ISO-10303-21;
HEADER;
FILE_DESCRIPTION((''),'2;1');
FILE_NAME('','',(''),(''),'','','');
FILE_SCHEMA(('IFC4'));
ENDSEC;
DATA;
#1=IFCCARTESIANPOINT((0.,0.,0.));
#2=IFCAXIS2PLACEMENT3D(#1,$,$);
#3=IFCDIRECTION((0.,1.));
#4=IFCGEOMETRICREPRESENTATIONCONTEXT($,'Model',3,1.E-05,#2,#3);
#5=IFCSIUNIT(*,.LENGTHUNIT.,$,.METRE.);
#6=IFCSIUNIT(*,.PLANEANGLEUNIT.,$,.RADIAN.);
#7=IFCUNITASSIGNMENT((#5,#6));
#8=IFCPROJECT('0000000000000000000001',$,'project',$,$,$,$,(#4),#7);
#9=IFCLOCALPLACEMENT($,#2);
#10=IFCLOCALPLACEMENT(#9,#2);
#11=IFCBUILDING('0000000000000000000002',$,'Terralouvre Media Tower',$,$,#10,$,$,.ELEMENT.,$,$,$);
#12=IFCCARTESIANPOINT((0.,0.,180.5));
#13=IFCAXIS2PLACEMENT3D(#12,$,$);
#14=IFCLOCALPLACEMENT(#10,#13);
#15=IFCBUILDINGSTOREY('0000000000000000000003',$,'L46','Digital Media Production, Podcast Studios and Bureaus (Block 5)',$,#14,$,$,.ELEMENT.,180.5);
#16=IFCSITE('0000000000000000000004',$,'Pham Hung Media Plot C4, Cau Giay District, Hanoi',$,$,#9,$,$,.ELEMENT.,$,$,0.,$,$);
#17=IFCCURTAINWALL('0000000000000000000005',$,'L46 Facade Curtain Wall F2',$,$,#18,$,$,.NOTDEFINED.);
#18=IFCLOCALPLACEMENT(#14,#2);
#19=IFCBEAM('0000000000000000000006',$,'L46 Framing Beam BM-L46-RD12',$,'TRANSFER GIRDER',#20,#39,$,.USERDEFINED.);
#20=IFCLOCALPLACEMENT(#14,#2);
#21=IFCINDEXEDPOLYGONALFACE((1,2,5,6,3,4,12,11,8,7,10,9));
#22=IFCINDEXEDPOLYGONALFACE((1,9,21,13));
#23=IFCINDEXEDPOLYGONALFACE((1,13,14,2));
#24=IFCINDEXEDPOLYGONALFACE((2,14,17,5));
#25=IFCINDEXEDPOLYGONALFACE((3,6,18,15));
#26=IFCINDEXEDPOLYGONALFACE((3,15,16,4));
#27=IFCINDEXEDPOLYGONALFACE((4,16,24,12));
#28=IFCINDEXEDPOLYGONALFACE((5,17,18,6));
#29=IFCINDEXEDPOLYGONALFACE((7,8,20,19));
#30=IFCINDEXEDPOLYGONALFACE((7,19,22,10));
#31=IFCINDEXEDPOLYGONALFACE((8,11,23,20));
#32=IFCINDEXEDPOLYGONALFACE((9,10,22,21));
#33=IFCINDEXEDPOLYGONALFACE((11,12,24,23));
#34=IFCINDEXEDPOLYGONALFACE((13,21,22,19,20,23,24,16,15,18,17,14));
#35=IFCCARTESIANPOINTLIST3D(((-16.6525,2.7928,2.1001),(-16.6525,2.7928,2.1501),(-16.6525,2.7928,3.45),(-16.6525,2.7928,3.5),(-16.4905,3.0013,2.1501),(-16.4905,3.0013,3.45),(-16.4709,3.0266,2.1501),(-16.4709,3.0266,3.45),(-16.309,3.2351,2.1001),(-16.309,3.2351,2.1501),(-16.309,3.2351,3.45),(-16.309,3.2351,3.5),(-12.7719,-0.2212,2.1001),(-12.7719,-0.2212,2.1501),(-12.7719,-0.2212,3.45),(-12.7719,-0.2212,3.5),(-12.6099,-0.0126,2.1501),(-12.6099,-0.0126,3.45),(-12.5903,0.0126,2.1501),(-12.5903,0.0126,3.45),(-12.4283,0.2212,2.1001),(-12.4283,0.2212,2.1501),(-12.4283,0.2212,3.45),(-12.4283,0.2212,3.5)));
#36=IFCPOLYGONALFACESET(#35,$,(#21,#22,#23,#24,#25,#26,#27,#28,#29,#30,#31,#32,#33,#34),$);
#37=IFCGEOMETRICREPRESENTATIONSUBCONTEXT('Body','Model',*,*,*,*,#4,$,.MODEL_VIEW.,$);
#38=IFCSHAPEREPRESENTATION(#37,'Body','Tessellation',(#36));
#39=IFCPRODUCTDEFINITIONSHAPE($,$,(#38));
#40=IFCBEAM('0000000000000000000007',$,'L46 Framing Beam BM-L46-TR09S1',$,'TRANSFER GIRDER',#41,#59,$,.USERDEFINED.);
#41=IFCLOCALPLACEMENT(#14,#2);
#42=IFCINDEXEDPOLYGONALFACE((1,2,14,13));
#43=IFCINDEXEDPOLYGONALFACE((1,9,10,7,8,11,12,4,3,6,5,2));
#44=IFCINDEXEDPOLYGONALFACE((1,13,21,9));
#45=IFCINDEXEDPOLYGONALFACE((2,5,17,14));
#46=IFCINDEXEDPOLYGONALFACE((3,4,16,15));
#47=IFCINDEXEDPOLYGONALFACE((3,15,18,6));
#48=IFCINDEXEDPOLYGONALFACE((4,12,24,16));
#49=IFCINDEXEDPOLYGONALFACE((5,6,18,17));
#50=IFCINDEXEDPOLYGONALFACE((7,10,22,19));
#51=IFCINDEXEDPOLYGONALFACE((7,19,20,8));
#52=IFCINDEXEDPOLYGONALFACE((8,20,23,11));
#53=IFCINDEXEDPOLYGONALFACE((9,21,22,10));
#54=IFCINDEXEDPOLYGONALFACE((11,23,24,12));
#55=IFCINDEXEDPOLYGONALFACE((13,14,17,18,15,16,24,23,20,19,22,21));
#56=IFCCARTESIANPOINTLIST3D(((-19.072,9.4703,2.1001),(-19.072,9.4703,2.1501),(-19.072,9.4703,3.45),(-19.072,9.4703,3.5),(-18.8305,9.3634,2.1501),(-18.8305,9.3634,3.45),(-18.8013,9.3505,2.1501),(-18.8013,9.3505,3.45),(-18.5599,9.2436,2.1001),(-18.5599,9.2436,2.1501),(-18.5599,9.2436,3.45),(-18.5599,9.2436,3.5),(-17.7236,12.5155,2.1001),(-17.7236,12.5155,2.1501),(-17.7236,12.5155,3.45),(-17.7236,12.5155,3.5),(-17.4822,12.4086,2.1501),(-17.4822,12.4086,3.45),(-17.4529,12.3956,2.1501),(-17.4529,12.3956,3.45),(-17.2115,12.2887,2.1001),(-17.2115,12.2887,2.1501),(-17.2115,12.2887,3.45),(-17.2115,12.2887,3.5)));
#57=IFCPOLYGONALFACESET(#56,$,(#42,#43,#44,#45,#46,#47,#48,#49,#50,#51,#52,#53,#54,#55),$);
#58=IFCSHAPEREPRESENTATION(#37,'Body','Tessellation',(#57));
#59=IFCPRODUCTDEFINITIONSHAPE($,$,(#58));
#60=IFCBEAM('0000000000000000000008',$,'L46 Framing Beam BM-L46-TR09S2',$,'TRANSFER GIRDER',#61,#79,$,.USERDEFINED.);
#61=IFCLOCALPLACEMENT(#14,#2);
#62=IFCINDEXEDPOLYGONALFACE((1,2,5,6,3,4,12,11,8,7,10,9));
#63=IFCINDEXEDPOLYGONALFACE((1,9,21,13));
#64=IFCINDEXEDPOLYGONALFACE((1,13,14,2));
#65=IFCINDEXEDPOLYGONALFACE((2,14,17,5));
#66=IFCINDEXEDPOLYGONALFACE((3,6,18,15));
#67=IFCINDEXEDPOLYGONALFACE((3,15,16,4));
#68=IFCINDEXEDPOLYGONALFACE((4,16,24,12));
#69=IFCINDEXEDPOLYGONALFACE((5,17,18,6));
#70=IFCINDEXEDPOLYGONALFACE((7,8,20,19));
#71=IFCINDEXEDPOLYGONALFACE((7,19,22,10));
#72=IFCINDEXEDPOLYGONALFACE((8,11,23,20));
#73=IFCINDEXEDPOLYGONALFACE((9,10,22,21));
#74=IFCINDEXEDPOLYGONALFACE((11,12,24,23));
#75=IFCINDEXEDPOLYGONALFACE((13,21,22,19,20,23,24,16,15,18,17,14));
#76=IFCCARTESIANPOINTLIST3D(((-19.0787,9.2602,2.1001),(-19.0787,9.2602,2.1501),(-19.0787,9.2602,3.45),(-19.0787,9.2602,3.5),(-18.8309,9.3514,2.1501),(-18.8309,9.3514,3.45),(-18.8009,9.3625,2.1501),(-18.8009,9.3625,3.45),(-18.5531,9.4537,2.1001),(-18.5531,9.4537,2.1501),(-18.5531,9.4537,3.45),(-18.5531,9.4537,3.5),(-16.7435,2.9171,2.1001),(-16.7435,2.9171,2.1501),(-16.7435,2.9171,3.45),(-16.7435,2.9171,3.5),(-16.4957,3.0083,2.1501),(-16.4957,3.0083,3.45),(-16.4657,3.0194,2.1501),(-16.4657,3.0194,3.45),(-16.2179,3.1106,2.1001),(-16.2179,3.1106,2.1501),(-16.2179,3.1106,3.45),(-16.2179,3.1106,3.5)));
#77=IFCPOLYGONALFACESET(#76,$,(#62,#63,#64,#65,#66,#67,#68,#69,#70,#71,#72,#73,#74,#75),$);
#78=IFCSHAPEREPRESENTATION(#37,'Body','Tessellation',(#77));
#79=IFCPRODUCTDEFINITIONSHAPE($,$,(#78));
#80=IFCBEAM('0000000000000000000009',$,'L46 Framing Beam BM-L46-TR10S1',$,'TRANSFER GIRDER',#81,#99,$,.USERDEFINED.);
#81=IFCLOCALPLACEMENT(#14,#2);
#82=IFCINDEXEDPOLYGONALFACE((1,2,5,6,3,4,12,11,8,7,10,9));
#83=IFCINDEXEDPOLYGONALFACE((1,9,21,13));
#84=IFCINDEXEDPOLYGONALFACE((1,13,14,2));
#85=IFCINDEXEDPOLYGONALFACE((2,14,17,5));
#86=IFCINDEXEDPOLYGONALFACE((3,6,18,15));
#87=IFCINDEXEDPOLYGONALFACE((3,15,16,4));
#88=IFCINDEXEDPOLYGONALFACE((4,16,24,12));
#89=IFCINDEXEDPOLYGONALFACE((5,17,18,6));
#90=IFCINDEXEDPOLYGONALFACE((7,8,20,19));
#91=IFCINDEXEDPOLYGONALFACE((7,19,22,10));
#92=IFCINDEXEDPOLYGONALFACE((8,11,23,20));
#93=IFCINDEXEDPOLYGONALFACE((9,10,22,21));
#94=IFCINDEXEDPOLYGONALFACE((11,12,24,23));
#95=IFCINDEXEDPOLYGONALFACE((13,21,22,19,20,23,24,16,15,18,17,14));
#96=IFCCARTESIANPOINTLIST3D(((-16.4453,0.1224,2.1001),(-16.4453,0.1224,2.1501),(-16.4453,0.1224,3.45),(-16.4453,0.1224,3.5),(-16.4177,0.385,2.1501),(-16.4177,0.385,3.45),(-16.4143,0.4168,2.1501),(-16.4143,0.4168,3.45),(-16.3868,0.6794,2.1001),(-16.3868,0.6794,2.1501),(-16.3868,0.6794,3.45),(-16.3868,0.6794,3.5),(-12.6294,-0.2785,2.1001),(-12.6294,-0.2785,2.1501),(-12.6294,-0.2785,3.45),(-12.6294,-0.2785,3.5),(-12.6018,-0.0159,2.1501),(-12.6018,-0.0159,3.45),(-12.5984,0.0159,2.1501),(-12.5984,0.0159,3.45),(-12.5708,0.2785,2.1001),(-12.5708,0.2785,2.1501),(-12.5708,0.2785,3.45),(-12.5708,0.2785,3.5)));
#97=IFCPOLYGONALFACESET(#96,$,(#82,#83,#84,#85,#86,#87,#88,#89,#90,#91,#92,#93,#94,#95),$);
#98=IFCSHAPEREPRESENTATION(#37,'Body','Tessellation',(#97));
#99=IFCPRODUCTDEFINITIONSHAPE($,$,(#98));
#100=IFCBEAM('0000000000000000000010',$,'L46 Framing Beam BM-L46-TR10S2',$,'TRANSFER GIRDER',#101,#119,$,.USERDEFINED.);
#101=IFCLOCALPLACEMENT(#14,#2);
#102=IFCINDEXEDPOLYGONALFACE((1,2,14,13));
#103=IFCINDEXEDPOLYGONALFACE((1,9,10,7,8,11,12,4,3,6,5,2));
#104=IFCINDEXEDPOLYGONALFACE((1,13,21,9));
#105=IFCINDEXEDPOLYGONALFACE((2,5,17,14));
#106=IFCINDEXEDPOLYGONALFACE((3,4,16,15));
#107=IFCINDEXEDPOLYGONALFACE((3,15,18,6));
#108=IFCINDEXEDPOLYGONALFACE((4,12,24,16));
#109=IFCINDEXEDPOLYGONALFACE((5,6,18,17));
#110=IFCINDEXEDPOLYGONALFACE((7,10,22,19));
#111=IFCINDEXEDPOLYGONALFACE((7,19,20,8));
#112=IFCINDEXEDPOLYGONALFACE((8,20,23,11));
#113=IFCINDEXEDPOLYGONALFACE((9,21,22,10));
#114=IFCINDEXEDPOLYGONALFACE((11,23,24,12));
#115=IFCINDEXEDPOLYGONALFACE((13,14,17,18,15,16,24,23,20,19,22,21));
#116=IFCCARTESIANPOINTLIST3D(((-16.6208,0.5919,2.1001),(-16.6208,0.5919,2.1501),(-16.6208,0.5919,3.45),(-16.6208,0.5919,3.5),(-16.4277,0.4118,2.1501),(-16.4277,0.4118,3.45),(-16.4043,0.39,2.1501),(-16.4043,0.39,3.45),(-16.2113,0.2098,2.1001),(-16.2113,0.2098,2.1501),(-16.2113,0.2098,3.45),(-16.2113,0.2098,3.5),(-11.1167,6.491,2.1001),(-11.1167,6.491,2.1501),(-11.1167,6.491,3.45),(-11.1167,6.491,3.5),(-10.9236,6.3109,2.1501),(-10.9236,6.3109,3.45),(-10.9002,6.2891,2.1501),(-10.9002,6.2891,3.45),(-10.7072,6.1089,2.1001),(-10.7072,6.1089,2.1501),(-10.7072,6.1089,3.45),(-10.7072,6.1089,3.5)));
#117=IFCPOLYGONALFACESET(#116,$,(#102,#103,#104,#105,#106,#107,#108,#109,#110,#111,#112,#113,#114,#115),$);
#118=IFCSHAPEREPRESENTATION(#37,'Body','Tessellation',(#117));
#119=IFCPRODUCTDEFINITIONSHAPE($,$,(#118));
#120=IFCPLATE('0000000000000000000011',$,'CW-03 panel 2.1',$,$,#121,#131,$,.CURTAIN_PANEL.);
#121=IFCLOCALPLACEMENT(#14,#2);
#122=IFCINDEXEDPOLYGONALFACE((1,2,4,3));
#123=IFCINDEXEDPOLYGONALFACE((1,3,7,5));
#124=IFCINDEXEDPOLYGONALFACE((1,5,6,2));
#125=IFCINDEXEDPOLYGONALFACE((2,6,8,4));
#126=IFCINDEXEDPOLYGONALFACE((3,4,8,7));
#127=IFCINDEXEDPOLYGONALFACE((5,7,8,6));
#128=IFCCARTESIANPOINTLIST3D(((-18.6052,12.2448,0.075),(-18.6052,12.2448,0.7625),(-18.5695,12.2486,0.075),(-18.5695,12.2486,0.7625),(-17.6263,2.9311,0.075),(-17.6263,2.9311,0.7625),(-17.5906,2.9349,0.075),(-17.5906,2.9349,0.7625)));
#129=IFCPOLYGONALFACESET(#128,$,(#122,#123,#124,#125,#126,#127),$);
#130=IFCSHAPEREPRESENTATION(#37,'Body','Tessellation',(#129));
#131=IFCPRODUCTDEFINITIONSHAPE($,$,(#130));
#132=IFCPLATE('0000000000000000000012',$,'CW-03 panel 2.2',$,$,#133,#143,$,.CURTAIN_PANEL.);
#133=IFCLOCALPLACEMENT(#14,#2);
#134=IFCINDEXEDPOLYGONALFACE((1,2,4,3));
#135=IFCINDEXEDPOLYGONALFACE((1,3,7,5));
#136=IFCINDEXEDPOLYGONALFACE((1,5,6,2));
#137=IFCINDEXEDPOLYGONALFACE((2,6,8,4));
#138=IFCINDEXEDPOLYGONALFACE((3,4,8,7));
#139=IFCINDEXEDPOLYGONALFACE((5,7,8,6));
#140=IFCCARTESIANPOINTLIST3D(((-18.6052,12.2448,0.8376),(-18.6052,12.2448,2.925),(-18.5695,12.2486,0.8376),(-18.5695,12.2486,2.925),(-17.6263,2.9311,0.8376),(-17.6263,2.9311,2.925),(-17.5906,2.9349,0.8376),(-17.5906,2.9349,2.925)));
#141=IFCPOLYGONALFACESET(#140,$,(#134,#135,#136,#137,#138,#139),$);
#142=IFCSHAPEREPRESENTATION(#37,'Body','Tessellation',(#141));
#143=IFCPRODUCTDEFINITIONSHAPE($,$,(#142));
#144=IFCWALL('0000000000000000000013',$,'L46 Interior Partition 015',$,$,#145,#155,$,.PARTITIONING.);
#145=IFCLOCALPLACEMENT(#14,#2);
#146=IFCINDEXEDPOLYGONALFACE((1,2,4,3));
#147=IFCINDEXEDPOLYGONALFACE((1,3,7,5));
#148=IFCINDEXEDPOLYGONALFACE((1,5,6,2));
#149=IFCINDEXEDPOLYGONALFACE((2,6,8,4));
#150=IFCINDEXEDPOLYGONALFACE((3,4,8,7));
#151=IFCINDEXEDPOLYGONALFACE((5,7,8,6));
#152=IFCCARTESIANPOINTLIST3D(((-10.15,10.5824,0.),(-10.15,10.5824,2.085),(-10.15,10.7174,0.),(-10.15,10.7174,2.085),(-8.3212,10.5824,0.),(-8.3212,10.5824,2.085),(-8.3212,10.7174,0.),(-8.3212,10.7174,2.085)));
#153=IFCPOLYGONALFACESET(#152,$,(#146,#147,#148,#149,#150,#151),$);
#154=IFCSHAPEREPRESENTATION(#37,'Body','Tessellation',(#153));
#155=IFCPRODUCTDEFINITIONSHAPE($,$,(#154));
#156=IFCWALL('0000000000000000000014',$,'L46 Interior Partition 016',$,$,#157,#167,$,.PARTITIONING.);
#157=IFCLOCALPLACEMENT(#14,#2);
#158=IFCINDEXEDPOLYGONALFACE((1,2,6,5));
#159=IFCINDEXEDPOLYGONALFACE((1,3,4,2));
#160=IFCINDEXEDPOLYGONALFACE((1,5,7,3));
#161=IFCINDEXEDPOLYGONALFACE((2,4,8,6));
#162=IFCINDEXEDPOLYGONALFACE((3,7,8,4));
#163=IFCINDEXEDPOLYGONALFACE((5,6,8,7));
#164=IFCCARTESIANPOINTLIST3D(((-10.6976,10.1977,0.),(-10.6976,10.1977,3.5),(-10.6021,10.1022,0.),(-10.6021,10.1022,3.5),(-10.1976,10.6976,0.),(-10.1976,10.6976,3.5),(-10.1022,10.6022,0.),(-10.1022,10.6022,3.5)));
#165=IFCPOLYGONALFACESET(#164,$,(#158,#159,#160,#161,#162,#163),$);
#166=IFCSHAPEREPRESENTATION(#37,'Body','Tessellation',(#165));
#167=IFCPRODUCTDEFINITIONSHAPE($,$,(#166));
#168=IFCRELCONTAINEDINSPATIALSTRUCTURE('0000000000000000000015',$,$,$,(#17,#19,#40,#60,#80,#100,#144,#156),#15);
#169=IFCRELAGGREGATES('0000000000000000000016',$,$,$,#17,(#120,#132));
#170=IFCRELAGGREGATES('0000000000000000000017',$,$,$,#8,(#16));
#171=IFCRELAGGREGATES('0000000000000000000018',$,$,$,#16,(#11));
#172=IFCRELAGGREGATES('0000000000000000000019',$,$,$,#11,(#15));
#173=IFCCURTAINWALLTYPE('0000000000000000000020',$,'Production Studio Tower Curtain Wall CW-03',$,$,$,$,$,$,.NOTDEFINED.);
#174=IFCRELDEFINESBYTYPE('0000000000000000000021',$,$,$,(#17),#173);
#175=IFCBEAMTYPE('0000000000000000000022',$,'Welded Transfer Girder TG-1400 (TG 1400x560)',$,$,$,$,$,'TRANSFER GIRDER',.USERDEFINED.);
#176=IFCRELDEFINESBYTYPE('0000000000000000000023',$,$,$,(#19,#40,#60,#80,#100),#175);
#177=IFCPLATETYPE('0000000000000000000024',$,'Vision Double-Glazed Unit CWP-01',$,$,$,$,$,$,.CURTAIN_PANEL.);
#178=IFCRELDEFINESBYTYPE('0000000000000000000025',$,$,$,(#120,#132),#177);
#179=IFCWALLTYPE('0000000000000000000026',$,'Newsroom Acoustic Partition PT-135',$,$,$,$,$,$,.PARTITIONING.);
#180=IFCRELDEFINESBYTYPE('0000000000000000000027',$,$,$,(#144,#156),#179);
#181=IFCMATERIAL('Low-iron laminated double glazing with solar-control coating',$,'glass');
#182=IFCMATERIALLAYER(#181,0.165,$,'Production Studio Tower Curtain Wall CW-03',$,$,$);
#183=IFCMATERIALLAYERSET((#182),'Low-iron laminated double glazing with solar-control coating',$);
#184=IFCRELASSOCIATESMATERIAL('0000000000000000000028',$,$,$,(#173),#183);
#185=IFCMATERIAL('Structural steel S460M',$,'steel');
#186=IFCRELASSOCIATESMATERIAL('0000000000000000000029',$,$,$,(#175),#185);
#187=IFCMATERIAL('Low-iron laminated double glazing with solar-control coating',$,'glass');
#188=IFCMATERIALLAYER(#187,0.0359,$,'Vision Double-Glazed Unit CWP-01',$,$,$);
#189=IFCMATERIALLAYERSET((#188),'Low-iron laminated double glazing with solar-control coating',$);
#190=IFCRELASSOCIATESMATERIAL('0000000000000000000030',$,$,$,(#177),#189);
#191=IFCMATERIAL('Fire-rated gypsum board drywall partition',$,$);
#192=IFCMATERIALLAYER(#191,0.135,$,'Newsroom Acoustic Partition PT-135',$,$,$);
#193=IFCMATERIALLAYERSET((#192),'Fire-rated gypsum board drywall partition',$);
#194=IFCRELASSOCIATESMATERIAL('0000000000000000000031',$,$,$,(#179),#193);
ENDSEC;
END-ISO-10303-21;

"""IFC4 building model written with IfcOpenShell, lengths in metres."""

from ifc_helpers import new_model, si_unit, direction, frame, frame_2d, origin, origin_2d, place, context, subcontext, project, spatial, rectangle, i_section, extrude, material, layer, layer_set, material_profile, profile_set, type_object, element, aggregate, save


model = new_model("IFC4")

# Units and contexts
model_context = context("Model", 3, precision=1e-05, world=origin(), true_north=direction((0.0, 1.0)))
body_context = subcontext(model_context, "Body", "Model", "MODEL_VIEW")
ifc_project = project(units=[si_unit("LENGTHUNIT", "METRE"), si_unit("PLANEANGLEUNIT", "RADIAN")], contexts=[model_context])

# Site, building, storey
site_placement = place(None, origin())
site = spatial("IfcSite", under=ifc_project, at=site_placement, Name="Pham Hung Media Plot C4, Cau Giay District, Hanoi", CompositionType="ELEMENT", RefElevation=0.0)
building_placement = place(site_placement, origin())
building = spatial("IfcBuilding", under=site, at=building_placement, Name="Terralouvre Media Tower", CompositionType="ELEMENT")
storey_placement = place(building_placement, frame((0.0, 0.0, 180.5)))
storey = spatial("IfcBuildingStorey", under=building, at=storey_placement, Name="L46", Description="Digital Media Production, Podcast Studios and Bureaus (Block 5)", CompositionType="ELEMENT", Elevation=180.5)

# Curtain wall
ifc_material_1 = material(Name="Low-iron laminated double glazing with solar-control coating", Category="glass")
ifc_layer_1 = layer(ifc_material_1, 0.165, Name="Production Studio Tower Curtain Wall CW-03")
ifc_layer_set_1 = layer_set([ifc_layer_1], Name="Low-iron laminated double glazing with solar-control coating")
curtain_wall_type = type_object("IfcCurtainWallType", Name="Production Studio Tower Curtain Wall CW-03", PredefinedType="NOTDEFINED", material=ifc_layer_set_1)
curtain_wall_placement = place(storey_placement, origin())
curtain_wall = element("IfcCurtainWall", 1, at=curtain_wall_placement, inside=storey, type_object=curtain_wall_type, Name="L46 Facade Curtain Wall F2", PredefinedType="NOTDEFINED")

# Beams
ifc_material_2 = material(Name="Structural steel S460M", Category="steel")
ifc_material_profile_1 = material_profile(ifc_material_2, i_section(OverallWidth=0.5601, OverallDepth=1.3999, WebThickness=0.032, FlangeThickness=0.05, at=origin_2d()), Name="TG 1400x560")
ifc_profile_set_1 = profile_set([ifc_material_profile_1], Name="Structural steel S460M")
beam_type_1 = type_object("IfcBeamType", Name="Welded Transfer Girder TG-1400 (TG 1400x560)", ElementType="TRANSFER GIRDER", PredefinedType="USERDEFINED", material=ifc_profile_set_1)
beam_1_placement = place(storey_placement, frame((-12.6001, 0.0, 2.8), z_axis=(-0.78978, 0.61339, 0.0), x_axis=(-0.61339, -0.78978, 0.0)))
element("IfcBeam", 2, at=beam_1_placement, inside=storey, type_object=beam_type_1, Name="L46 Framing Beam BM-L46-RD12", ObjectType="TRANSFER GIRDER", PredefinedType="USERDEFINED", context=body_context, shape_type="SweptSolid", body=[
    extrude(i_section(OverallWidth=0.5601, OverallDepth=1.3999, WebThickness=0.032, FlangeThickness=0.05, at=origin_2d()), origin(), (0.0, 0.0, 1.0), 4.9136),
])
beam_2_placement = place(storey_placement, frame((-18.8159, 9.3569, 2.8), z_axis=(0.40488, 0.91437, 0.0), x_axis=(-0.91437, 0.40488, 0.0)))
element("IfcBeam", 3, at=beam_2_placement, inside=storey, type_object=beam_type_1, Name="L46 Framing Beam BM-L46-TR09S1", ObjectType="TRANSFER GIRDER", PredefinedType="USERDEFINED", context=body_context, shape_type="SweptSolid", body=[
    extrude(i_section(OverallWidth=0.5601, OverallDepth=1.3999, WebThickness=0.032, FlangeThickness=0.05, at=origin_2d()), origin(), (0.0, 0.0, 1.0), 3.3303),
])
beam_3_placement = place(storey_placement, frame((-18.8159, 9.3569, 2.8), z_axis=(0.345484, -0.938424, 0.0), x_axis=(0.938424, 0.345484, 0.0)))
element("IfcBeam", 4, at=beam_3_placement, inside=storey, type_object=beam_type_1, Name="L46 Framing Beam BM-L46-TR09S2", ObjectType="TRANSFER GIRDER", PredefinedType="USERDEFINED", context=body_context, shape_type="SweptSolid", body=[
    extrude(i_section(OverallWidth=0.5601, OverallDepth=1.3999, WebThickness=0.032, FlangeThickness=0.05, at=origin_2d()), origin(), (0.0, 0.0, 1.0), 6.7593),
])
beam_4_placement = place(storey_placement, frame((-16.416, 0.4009, 2.8), z_axis=(0.994527, -0.104479, 0.0), x_axis=(0.104479, 0.994527, 0.0)))
element("IfcBeam", 5, at=beam_4_placement, inside=storey, type_object=beam_type_1, Name="L46 Framing Beam BM-L46-TR10S1", ObjectType="TRANSFER GIRDER", PredefinedType="USERDEFINED", context=body_context, shape_type="SweptSolid", body=[
    extrude(i_section(OverallWidth=0.5601, OverallDepth=1.3999, WebThickness=0.032, FlangeThickness=0.05, at=origin_2d()), origin(), (0.0, 0.0, 1.0), 3.8369),
])
beam_5_placement = place(storey_placement, frame((-16.416, 0.4009, 2.8), z_axis=(0.682203, 0.731163, 0.0), x_axis=(-0.731163, 0.682203, 0.0)))
element("IfcBeam", 6, at=beam_5_placement, inside=storey, type_object=beam_type_1, Name="L46 Framing Beam BM-L46-TR10S2", ObjectType="TRANSFER GIRDER", PredefinedType="USERDEFINED", context=body_context, shape_type="SweptSolid", body=[
    extrude(i_section(OverallWidth=0.5601, OverallDepth=1.3999, WebThickness=0.032, FlangeThickness=0.05, at=origin_2d()), origin(), (0.0, 0.0, 1.0), 8.0681),
])

# Plates
ifc_material_3 = material(Name="Low-iron laminated double glazing with solar-control coating", Category="glass")
ifc_layer_2 = layer(ifc_material_3, 0.0359, Name="Vision Double-Glazed Unit CWP-01")
ifc_layer_set_2 = layer_set([ifc_layer_2], Name="Low-iron laminated double glazing with solar-control coating")
plate_type = type_object("IfcPlateType", Name="Vision Double-Glazed Unit CWP-01", PredefinedType="CURTAIN_PANEL", material=ifc_layer_set_2)
plate_1_placement = place(storey_placement, frame((-18.0979, 7.5898, 0.075), z_axis=(0.0, 0.0, 1.0), x_axis=(0.104528, -0.994522, 0.0)))
plate_1 = element("IfcPlate", 7, at=plate_1_placement, type_object=plate_type, Name="CW-03 panel 2.1", PredefinedType="CURTAIN_PANEL", context=body_context, shape_type="SweptSolid", body=[
    extrude(rectangle(XDim=9.365, YDim=0.0359, at=origin_2d()), origin(), (0.0, 0.0, 1.0), 0.6875),
])
plate_2_placement = place(storey_placement, frame((-18.0979, 7.5898, 0.8376), z_axis=(0.0, 0.0, 1.0), x_axis=(0.104528, -0.994522, 0.0)))
plate_2 = element("IfcPlate", 8, at=plate_2_placement, type_object=plate_type, Name="CW-03 panel 2.2", PredefinedType="CURTAIN_PANEL", context=body_context, shape_type="SweptSolid", body=[
    extrude(rectangle(XDim=9.365, YDim=0.0359, at=origin_2d()), origin(), (0.0, 0.0, 1.0), 2.0874),
])
aggregate(curtain_wall, [plate_1, plate_2])

# Walls
ifc_material_4 = material(Name="Fire-rated gypsum board drywall partition")
ifc_layer_3 = layer(ifc_material_4, 0.135, Name="Newsroom Acoustic Partition PT-135")
ifc_layer_set_3 = layer_set([ifc_layer_3], Name="Fire-rated gypsum board drywall partition")
wall_type = type_object("IfcWallType", Name="Newsroom Acoustic Partition PT-135", PredefinedType="PARTITIONING", material=ifc_layer_set_3)
wall_1_placement = place(storey_placement, frame((-8.321, 10.6499, 0.0), z_axis=(0.0, 0.0, 1.0), x_axis=(-1.0, 0.0, 0.0)))
element("IfcWall", 9, at=wall_1_placement, inside=storey, type_object=wall_type, Name="L46 Interior Partition 015", PredefinedType="PARTITIONING", context=body_context, shape_type="SweptSolid", body=[
    extrude(rectangle(XDim=1.8289, YDim=0.135, at=frame_2d((0.9146, 0.0))), origin(), (0.0, 0.0, 1.0), 2.085),
])
wall_2_placement = place(storey_placement, frame((-10.1499, 10.6499, 0.0), z_axis=(0.0, 0.0, 1.0), x_axis=(-0.707107, -0.707107, 0.0)))
element("IfcWall", 10, at=wall_2_placement, inside=storey, type_object=wall_type, Name="L46 Interior Partition 016", PredefinedType="PARTITIONING", context=body_context, shape_type="SweptSolid", body=[
    extrude(rectangle(XDim=0.707, YDim=0.135, at=frame_2d((0.3535, 0.0))), origin(), (0.0, 0.0, 1.0), 3.5),
])

save(model, "model.ifc")
